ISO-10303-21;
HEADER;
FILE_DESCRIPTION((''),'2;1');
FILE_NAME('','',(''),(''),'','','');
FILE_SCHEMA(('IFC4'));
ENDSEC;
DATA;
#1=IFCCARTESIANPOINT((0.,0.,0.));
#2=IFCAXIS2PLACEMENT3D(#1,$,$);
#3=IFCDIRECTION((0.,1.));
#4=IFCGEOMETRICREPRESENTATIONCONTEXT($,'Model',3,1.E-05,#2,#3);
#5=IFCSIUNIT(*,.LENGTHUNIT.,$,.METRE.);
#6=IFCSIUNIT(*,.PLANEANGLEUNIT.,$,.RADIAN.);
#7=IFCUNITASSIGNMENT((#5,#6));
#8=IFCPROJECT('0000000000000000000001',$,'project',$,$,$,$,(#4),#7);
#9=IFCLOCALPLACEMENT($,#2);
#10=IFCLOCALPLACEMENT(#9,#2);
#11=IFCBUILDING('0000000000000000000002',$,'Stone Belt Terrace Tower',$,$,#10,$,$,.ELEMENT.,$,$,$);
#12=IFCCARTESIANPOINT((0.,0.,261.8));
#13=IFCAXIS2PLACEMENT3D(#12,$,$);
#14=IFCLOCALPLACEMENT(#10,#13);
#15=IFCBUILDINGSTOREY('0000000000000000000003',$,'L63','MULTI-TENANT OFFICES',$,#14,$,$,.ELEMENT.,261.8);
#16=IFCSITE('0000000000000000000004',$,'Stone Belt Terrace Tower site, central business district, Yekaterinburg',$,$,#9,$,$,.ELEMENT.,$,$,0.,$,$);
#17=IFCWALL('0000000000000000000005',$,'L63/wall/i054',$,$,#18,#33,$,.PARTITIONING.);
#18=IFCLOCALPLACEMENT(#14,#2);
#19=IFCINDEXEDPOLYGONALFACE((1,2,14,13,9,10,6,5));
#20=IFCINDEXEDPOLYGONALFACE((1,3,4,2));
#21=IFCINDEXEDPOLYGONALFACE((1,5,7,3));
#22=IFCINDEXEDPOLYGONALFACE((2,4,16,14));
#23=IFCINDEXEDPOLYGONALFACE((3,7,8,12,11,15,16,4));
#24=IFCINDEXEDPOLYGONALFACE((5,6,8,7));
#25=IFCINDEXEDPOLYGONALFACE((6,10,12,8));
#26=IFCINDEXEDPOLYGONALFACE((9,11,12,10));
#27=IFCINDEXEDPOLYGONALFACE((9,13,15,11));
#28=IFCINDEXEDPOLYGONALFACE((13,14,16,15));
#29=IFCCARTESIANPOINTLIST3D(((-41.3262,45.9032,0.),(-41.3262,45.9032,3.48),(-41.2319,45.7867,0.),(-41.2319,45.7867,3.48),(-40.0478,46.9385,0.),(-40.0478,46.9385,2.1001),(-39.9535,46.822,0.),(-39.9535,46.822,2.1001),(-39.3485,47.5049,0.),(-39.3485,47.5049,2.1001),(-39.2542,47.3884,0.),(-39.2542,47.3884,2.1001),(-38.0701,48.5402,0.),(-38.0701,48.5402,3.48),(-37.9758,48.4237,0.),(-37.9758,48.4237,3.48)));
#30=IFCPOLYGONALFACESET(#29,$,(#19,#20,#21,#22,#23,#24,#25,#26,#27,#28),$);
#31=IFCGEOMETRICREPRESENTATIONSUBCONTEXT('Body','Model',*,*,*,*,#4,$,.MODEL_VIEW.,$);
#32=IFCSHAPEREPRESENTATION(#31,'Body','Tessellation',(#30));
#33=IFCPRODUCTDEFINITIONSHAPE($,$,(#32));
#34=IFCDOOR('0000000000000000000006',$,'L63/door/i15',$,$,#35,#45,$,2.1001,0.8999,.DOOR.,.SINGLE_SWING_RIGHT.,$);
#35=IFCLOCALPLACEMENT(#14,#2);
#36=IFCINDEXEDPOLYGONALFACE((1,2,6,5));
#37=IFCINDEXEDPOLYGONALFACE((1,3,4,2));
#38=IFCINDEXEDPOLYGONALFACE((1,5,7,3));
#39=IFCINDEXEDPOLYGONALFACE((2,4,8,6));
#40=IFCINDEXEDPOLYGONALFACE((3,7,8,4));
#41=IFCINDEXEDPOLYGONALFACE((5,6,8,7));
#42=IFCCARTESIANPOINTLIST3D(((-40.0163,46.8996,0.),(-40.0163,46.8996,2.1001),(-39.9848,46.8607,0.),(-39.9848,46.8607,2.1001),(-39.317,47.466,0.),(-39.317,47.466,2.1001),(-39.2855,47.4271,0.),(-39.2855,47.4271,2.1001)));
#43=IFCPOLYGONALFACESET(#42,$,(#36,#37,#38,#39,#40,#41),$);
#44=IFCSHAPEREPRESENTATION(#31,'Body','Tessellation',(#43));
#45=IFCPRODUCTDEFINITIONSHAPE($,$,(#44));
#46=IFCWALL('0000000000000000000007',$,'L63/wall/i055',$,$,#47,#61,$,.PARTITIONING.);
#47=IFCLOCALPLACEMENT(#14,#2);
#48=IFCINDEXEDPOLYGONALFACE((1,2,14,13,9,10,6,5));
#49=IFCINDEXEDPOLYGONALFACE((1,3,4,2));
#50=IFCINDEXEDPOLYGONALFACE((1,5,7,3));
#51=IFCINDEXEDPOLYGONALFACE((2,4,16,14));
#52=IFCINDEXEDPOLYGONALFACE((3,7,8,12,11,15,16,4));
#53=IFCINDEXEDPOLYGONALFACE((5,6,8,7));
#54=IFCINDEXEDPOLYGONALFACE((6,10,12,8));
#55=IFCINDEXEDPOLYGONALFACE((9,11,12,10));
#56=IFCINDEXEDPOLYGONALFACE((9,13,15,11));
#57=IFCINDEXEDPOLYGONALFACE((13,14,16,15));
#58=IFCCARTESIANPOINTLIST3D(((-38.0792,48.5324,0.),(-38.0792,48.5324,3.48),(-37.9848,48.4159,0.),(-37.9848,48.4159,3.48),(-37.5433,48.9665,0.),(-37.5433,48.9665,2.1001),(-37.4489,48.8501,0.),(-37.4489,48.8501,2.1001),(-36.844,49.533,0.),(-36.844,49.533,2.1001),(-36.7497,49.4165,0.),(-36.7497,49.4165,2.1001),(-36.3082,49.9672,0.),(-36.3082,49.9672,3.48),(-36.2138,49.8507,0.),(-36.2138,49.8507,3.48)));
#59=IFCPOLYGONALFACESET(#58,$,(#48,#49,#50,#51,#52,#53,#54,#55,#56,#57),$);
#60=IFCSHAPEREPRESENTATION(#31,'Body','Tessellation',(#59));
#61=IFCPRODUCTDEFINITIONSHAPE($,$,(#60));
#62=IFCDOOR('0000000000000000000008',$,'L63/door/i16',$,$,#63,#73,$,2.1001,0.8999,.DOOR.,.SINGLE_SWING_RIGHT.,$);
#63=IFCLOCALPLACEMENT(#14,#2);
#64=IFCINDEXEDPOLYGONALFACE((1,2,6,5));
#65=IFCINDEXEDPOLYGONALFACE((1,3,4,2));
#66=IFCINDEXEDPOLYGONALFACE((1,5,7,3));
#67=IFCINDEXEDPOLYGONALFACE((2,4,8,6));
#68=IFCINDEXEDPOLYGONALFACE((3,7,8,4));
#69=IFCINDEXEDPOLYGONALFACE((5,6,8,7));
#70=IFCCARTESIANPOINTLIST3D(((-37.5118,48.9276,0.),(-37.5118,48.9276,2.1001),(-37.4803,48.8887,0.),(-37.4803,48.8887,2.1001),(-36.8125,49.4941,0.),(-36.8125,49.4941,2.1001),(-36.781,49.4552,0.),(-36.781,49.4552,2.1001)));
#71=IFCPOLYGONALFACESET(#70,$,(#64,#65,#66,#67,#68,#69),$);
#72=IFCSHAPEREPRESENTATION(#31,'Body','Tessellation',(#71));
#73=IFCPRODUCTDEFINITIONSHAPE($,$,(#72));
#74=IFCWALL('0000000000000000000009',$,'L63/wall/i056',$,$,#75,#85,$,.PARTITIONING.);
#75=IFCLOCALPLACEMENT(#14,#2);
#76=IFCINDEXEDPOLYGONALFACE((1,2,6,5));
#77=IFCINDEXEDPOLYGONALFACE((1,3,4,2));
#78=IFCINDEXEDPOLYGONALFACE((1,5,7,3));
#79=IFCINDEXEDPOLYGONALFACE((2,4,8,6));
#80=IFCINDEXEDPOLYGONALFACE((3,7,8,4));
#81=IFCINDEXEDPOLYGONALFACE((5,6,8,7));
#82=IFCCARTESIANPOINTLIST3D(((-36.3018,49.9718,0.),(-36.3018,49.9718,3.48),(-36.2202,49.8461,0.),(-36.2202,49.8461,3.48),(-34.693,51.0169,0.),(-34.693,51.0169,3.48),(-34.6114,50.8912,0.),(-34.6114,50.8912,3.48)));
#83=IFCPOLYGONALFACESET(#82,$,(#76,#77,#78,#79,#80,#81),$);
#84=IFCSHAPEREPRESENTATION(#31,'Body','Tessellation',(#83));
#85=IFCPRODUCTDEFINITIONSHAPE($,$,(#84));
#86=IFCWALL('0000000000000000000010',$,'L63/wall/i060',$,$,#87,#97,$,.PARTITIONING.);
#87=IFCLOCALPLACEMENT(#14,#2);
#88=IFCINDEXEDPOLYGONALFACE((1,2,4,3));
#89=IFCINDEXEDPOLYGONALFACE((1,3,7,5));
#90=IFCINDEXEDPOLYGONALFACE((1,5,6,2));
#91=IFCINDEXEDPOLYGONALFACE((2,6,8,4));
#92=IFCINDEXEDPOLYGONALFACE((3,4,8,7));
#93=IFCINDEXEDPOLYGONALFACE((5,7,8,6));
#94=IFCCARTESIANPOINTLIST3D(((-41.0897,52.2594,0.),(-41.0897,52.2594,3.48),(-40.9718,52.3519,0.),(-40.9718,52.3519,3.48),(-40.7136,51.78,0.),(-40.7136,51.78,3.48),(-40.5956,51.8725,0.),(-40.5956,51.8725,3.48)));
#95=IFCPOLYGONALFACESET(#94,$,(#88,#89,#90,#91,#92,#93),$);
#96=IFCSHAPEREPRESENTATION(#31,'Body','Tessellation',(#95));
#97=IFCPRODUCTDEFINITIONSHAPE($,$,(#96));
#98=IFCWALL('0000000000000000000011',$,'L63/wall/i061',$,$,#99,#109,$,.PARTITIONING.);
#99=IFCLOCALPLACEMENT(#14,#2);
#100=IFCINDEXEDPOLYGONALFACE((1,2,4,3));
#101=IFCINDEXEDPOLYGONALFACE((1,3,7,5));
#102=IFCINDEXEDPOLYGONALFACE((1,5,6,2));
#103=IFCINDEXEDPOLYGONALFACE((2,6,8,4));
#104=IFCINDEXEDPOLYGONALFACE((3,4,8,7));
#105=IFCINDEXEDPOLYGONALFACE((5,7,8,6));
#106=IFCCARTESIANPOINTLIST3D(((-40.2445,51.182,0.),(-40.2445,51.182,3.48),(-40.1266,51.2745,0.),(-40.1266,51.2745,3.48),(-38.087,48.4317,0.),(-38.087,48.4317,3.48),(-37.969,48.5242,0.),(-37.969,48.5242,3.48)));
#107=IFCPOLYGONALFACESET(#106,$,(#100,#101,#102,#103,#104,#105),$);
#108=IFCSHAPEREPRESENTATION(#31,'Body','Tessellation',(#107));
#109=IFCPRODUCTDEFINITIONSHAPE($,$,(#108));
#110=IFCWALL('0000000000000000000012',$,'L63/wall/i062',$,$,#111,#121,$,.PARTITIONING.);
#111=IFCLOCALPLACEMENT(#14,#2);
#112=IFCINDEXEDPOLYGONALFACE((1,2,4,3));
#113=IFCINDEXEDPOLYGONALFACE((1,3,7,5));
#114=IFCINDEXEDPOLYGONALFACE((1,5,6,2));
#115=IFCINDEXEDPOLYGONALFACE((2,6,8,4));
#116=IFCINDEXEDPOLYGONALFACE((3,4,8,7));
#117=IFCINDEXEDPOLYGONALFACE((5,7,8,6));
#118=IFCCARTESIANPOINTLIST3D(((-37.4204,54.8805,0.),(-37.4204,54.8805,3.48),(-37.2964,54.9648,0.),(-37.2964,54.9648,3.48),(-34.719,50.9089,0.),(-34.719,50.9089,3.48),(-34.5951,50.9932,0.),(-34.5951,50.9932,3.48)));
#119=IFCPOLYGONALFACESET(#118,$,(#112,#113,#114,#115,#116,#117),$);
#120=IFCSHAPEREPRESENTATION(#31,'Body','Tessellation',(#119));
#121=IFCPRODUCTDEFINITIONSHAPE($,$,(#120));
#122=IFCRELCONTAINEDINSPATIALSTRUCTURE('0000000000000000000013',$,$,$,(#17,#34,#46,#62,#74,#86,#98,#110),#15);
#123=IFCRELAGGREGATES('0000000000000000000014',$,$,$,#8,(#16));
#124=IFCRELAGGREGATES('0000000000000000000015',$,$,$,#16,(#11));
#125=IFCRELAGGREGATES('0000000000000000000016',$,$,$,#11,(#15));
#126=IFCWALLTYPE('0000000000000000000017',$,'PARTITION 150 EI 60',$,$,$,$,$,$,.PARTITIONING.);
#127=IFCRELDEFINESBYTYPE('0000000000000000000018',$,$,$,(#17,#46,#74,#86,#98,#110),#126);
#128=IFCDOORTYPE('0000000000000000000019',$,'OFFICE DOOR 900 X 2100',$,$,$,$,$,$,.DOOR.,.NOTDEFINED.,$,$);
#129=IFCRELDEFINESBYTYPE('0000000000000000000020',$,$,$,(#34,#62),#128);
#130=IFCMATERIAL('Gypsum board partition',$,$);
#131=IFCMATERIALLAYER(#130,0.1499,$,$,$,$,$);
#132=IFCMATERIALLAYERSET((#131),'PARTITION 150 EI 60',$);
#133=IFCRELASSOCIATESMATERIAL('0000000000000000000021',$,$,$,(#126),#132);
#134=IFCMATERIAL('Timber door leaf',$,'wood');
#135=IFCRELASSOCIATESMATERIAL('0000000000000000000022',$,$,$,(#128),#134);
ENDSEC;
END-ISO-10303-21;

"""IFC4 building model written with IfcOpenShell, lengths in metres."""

from ifc_helpers import new_model, si_unit, direction, frame, frame_2d, origin, place, context, subcontext, project, spatial, rectangle, extrude, material, layer, layer_set, type_object, element, fill, save


model = new_model("IFC4")

# Units and contexts
model_context = context("Model", 3, precision=1e-05, world=origin(), true_north=direction((0.0, 1.0)))
body_context = subcontext(model_context, "Body", "Model", "MODEL_VIEW")
ifc_project = project(units=[si_unit("LENGTHUNIT", "METRE"), si_unit("PLANEANGLEUNIT", "RADIAN")], contexts=[model_context])

# Site, building, storey
site_placement = place(None, origin())
site = spatial("IfcSite", under=ifc_project, at=site_placement, Name="Stone Belt Terrace Tower site, central business district, Yekaterinburg", CompositionType="ELEMENT", RefElevation=0.0)
building_placement = place(site_placement, origin())
building = spatial("IfcBuilding", under=site, at=building_placement, Name="Stone Belt Terrace Tower", CompositionType="ELEMENT")
storey_placement = place(building_placement, frame((0.0, 0.0, 261.8)))
storey = spatial("IfcBuildingStorey", under=building, at=storey_placement, Name="L63", Description="MULTI-TENANT OFFICES", CompositionType="ELEMENT", Elevation=261.8)

# Shared definitions
ifc_material_1 = material(Name="Gypsum board partition")
ifc_layer_1 = layer(ifc_material_1, 0.1499)
ifc_layer_set_1 = layer_set([ifc_layer_1], Name="PARTITION 150 EI 60")
wall_type = type_object("IfcWallType", Name="PARTITION 150 EI 60", PredefinedType="PARTITIONING", material=ifc_layer_set_1)

# Walls, openings, doors
wall_1_placement = place(storey_placement, frame((-41.2791, 45.845, 0.0), z_axis=(0.0, 0.0, 1.0), x_axis=(0.77712, 0.629352, 0.0)))
wall_1 = element("IfcWall", 1, at=wall_1_placement, inside=storey, type_object=wall_type, Name="L63/wall/i054", PredefinedType="PARTITIONING", context=body_context, shape_type="SweptSolid", body=[
    extrude(rectangle(XDim=4.1899, YDim=0.1499, at=frame_2d((2.095, 0.0))), origin(), (0.0, 0.0, 1.0), 3.48),
])
opening_1_placement = place(wall_1_placement, frame((1.645, 0.0, 0.0)))
opening_1 = element("IfcOpeningElement", 2, at=opening_1_placement, cuts=wall_1, PredefinedType="OPENING", context=body_context, shape_type="SweptSolid", body=[
    extrude(rectangle(XDim=0.8999, YDim=2.1001, at=frame_2d((0.45, 1.05))), frame((0.0, 0.085, 0.0), z_axis=(0.0, -1.0, 0.0), x_axis=(1.0, 0.0, 0.0)), (0.0, 0.0, 1.0), 0.1699),
])
ifc_material_2 = material(Name="Timber door leaf", Category="wood")
door_type = type_object("IfcDoorType", Name="OFFICE DOOR 900 X 2100", OperationType="NOTDEFINED", PredefinedType="DOOR", material=ifc_material_2)
door_1_placement = place(opening_1_placement, origin())
door_1 = element("IfcDoor", 3, at=door_1_placement, inside=storey, type_object=door_type, Name="L63/door/i15", OperationType="SINGLE_SWING_RIGHT", OverallHeight=2.1001, OverallWidth=0.8999, PredefinedType="DOOR", context=body_context, shape_type="SweptSolid", body=[
    extrude(rectangle(XDim=0.8999, YDim=2.1001, at=frame_2d((0.45, 1.05))), frame((0.0, 0.0249, 0.0), z_axis=(0.0, -1.0, 0.0), x_axis=(1.0, 0.0, 0.0)), (0.0, 0.0, 1.0), 0.05),
])
fill(opening_1, door_1)
wall_2_placement = place(storey_placement, frame((-38.032, 48.4741, 0.0), z_axis=(0.0, 0.0, 1.0), x_axis=(0.776998, 0.629503, 0.0)))
wall_2 = element("IfcWall", 4, at=wall_2_placement, inside=storey, type_object=wall_type, Name="L63/wall/i055", PredefinedType="PARTITIONING", context=body_context, shape_type="SweptSolid", body=[
    extrude(rectangle(XDim=2.2793, YDim=0.1499, at=frame_2d((1.1396, 0.0))), origin(), (0.0, 0.0, 1.0), 3.48),
])
opening_2_placement = place(wall_2_placement, frame((0.6897, 0.0, 0.0)))
opening_2 = element("IfcOpeningElement", 5, at=opening_2_placement, cuts=wall_2, PredefinedType="OPENING", context=body_context, shape_type="SweptSolid", body=[
    extrude(rectangle(XDim=0.8999, YDim=2.1001, at=frame_2d((0.45, 1.05))), frame((0.0, 0.085, 0.0), z_axis=(0.0, -1.0, 0.0), x_axis=(1.0, 0.0, 0.0)), (0.0, 0.0, 1.0), 0.1699),
])
door_2_placement = place(opening_2_placement, origin())
door_2 = element("IfcDoor", 6, at=door_2_placement, inside=storey, type_object=door_type, Name="L63/door/i16", OperationType="SINGLE_SWING_RIGHT", OverallHeight=2.1001, OverallWidth=0.8999, PredefinedType="DOOR", context=body_context, shape_type="SweptSolid", body=[
    extrude(rectangle(XDim=0.8999, YDim=2.1001, at=frame_2d((0.45, 1.05))), frame((0.0, 0.0249, 0.0), z_axis=(0.0, -1.0, 0.0), x_axis=(1.0, 0.0, 0.0)), (0.0, 0.0, 1.0), 0.05),
])
fill(opening_2, door_2)

# Walls
wall_3_placement = place(storey_placement, frame((-36.261, 49.9089, 0.0), z_axis=(0.0, 0.0, 1.0), x_axis=(0.838589, 0.544765, 0.0)))
element("IfcWall", 7, at=wall_3_placement, inside=storey, type_object=wall_type, Name="L63/wall/i056", PredefinedType="PARTITIONING", context=body_context, shape_type="SweptSolid", body=[
    extrude(rectangle(XDim=1.9185, YDim=0.1499, at=frame_2d((0.9592, 0.0))), origin(), (0.0, 0.0, 1.0), 3.48),
])
wall_4_placement = place(storey_placement, frame((-41.0308, 52.3057, 0.0), z_axis=(0.0, 0.0, 1.0), x_axis=(0.617291, -0.786735, 0.0)))
element("IfcWall", 8, at=wall_4_placement, inside=storey, type_object=wall_type, Name="L63/wall/i060", PredefinedType="PARTITIONING", context=body_context, shape_type="SweptSolid", body=[
    extrude(rectangle(XDim=0.6094, YDim=0.1499, at=frame_2d((0.3047, 0.0))), origin(), (0.0, 0.0, 1.0), 3.48),
])
wall_5_placement = place(storey_placement, frame((-40.1855, 51.2283, 0.0), z_axis=(0.0, 0.0, 1.0), x_axis=(0.617214, -0.786796, 0.0)))
element("IfcWall", 9, at=wall_5_placement, inside=storey, type_object=wall_type, Name="L63/wall/i061", PredefinedType="PARTITIONING", context=body_context, shape_type="SweptSolid", body=[
    extrude(rectangle(XDim=3.4956, YDim=0.1499, at=frame_2d((1.7478, 0.0))), origin(), (0.0, 0.0, 1.0), 3.48),
])
wall_6_placement = place(storey_placement, frame((-37.3584, 54.9226, 0.0), z_axis=(0.0, 0.0, 1.0), x_axis=(0.562406, -0.826861, 0.0)))
element("IfcWall", 10, at=wall_6_placement, inside=storey, type_object=wall_type, Name="L63/wall/i062", PredefinedType="PARTITIONING", context=body_context, shape_type="SweptSolid", body=[
    extrude(rectangle(XDim=4.8032, YDim=0.1499, at=frame_2d((2.4016, 0.0))), origin(), (0.0, 0.0, 1.0), 3.48),
])

save(model, "model.ifc")
